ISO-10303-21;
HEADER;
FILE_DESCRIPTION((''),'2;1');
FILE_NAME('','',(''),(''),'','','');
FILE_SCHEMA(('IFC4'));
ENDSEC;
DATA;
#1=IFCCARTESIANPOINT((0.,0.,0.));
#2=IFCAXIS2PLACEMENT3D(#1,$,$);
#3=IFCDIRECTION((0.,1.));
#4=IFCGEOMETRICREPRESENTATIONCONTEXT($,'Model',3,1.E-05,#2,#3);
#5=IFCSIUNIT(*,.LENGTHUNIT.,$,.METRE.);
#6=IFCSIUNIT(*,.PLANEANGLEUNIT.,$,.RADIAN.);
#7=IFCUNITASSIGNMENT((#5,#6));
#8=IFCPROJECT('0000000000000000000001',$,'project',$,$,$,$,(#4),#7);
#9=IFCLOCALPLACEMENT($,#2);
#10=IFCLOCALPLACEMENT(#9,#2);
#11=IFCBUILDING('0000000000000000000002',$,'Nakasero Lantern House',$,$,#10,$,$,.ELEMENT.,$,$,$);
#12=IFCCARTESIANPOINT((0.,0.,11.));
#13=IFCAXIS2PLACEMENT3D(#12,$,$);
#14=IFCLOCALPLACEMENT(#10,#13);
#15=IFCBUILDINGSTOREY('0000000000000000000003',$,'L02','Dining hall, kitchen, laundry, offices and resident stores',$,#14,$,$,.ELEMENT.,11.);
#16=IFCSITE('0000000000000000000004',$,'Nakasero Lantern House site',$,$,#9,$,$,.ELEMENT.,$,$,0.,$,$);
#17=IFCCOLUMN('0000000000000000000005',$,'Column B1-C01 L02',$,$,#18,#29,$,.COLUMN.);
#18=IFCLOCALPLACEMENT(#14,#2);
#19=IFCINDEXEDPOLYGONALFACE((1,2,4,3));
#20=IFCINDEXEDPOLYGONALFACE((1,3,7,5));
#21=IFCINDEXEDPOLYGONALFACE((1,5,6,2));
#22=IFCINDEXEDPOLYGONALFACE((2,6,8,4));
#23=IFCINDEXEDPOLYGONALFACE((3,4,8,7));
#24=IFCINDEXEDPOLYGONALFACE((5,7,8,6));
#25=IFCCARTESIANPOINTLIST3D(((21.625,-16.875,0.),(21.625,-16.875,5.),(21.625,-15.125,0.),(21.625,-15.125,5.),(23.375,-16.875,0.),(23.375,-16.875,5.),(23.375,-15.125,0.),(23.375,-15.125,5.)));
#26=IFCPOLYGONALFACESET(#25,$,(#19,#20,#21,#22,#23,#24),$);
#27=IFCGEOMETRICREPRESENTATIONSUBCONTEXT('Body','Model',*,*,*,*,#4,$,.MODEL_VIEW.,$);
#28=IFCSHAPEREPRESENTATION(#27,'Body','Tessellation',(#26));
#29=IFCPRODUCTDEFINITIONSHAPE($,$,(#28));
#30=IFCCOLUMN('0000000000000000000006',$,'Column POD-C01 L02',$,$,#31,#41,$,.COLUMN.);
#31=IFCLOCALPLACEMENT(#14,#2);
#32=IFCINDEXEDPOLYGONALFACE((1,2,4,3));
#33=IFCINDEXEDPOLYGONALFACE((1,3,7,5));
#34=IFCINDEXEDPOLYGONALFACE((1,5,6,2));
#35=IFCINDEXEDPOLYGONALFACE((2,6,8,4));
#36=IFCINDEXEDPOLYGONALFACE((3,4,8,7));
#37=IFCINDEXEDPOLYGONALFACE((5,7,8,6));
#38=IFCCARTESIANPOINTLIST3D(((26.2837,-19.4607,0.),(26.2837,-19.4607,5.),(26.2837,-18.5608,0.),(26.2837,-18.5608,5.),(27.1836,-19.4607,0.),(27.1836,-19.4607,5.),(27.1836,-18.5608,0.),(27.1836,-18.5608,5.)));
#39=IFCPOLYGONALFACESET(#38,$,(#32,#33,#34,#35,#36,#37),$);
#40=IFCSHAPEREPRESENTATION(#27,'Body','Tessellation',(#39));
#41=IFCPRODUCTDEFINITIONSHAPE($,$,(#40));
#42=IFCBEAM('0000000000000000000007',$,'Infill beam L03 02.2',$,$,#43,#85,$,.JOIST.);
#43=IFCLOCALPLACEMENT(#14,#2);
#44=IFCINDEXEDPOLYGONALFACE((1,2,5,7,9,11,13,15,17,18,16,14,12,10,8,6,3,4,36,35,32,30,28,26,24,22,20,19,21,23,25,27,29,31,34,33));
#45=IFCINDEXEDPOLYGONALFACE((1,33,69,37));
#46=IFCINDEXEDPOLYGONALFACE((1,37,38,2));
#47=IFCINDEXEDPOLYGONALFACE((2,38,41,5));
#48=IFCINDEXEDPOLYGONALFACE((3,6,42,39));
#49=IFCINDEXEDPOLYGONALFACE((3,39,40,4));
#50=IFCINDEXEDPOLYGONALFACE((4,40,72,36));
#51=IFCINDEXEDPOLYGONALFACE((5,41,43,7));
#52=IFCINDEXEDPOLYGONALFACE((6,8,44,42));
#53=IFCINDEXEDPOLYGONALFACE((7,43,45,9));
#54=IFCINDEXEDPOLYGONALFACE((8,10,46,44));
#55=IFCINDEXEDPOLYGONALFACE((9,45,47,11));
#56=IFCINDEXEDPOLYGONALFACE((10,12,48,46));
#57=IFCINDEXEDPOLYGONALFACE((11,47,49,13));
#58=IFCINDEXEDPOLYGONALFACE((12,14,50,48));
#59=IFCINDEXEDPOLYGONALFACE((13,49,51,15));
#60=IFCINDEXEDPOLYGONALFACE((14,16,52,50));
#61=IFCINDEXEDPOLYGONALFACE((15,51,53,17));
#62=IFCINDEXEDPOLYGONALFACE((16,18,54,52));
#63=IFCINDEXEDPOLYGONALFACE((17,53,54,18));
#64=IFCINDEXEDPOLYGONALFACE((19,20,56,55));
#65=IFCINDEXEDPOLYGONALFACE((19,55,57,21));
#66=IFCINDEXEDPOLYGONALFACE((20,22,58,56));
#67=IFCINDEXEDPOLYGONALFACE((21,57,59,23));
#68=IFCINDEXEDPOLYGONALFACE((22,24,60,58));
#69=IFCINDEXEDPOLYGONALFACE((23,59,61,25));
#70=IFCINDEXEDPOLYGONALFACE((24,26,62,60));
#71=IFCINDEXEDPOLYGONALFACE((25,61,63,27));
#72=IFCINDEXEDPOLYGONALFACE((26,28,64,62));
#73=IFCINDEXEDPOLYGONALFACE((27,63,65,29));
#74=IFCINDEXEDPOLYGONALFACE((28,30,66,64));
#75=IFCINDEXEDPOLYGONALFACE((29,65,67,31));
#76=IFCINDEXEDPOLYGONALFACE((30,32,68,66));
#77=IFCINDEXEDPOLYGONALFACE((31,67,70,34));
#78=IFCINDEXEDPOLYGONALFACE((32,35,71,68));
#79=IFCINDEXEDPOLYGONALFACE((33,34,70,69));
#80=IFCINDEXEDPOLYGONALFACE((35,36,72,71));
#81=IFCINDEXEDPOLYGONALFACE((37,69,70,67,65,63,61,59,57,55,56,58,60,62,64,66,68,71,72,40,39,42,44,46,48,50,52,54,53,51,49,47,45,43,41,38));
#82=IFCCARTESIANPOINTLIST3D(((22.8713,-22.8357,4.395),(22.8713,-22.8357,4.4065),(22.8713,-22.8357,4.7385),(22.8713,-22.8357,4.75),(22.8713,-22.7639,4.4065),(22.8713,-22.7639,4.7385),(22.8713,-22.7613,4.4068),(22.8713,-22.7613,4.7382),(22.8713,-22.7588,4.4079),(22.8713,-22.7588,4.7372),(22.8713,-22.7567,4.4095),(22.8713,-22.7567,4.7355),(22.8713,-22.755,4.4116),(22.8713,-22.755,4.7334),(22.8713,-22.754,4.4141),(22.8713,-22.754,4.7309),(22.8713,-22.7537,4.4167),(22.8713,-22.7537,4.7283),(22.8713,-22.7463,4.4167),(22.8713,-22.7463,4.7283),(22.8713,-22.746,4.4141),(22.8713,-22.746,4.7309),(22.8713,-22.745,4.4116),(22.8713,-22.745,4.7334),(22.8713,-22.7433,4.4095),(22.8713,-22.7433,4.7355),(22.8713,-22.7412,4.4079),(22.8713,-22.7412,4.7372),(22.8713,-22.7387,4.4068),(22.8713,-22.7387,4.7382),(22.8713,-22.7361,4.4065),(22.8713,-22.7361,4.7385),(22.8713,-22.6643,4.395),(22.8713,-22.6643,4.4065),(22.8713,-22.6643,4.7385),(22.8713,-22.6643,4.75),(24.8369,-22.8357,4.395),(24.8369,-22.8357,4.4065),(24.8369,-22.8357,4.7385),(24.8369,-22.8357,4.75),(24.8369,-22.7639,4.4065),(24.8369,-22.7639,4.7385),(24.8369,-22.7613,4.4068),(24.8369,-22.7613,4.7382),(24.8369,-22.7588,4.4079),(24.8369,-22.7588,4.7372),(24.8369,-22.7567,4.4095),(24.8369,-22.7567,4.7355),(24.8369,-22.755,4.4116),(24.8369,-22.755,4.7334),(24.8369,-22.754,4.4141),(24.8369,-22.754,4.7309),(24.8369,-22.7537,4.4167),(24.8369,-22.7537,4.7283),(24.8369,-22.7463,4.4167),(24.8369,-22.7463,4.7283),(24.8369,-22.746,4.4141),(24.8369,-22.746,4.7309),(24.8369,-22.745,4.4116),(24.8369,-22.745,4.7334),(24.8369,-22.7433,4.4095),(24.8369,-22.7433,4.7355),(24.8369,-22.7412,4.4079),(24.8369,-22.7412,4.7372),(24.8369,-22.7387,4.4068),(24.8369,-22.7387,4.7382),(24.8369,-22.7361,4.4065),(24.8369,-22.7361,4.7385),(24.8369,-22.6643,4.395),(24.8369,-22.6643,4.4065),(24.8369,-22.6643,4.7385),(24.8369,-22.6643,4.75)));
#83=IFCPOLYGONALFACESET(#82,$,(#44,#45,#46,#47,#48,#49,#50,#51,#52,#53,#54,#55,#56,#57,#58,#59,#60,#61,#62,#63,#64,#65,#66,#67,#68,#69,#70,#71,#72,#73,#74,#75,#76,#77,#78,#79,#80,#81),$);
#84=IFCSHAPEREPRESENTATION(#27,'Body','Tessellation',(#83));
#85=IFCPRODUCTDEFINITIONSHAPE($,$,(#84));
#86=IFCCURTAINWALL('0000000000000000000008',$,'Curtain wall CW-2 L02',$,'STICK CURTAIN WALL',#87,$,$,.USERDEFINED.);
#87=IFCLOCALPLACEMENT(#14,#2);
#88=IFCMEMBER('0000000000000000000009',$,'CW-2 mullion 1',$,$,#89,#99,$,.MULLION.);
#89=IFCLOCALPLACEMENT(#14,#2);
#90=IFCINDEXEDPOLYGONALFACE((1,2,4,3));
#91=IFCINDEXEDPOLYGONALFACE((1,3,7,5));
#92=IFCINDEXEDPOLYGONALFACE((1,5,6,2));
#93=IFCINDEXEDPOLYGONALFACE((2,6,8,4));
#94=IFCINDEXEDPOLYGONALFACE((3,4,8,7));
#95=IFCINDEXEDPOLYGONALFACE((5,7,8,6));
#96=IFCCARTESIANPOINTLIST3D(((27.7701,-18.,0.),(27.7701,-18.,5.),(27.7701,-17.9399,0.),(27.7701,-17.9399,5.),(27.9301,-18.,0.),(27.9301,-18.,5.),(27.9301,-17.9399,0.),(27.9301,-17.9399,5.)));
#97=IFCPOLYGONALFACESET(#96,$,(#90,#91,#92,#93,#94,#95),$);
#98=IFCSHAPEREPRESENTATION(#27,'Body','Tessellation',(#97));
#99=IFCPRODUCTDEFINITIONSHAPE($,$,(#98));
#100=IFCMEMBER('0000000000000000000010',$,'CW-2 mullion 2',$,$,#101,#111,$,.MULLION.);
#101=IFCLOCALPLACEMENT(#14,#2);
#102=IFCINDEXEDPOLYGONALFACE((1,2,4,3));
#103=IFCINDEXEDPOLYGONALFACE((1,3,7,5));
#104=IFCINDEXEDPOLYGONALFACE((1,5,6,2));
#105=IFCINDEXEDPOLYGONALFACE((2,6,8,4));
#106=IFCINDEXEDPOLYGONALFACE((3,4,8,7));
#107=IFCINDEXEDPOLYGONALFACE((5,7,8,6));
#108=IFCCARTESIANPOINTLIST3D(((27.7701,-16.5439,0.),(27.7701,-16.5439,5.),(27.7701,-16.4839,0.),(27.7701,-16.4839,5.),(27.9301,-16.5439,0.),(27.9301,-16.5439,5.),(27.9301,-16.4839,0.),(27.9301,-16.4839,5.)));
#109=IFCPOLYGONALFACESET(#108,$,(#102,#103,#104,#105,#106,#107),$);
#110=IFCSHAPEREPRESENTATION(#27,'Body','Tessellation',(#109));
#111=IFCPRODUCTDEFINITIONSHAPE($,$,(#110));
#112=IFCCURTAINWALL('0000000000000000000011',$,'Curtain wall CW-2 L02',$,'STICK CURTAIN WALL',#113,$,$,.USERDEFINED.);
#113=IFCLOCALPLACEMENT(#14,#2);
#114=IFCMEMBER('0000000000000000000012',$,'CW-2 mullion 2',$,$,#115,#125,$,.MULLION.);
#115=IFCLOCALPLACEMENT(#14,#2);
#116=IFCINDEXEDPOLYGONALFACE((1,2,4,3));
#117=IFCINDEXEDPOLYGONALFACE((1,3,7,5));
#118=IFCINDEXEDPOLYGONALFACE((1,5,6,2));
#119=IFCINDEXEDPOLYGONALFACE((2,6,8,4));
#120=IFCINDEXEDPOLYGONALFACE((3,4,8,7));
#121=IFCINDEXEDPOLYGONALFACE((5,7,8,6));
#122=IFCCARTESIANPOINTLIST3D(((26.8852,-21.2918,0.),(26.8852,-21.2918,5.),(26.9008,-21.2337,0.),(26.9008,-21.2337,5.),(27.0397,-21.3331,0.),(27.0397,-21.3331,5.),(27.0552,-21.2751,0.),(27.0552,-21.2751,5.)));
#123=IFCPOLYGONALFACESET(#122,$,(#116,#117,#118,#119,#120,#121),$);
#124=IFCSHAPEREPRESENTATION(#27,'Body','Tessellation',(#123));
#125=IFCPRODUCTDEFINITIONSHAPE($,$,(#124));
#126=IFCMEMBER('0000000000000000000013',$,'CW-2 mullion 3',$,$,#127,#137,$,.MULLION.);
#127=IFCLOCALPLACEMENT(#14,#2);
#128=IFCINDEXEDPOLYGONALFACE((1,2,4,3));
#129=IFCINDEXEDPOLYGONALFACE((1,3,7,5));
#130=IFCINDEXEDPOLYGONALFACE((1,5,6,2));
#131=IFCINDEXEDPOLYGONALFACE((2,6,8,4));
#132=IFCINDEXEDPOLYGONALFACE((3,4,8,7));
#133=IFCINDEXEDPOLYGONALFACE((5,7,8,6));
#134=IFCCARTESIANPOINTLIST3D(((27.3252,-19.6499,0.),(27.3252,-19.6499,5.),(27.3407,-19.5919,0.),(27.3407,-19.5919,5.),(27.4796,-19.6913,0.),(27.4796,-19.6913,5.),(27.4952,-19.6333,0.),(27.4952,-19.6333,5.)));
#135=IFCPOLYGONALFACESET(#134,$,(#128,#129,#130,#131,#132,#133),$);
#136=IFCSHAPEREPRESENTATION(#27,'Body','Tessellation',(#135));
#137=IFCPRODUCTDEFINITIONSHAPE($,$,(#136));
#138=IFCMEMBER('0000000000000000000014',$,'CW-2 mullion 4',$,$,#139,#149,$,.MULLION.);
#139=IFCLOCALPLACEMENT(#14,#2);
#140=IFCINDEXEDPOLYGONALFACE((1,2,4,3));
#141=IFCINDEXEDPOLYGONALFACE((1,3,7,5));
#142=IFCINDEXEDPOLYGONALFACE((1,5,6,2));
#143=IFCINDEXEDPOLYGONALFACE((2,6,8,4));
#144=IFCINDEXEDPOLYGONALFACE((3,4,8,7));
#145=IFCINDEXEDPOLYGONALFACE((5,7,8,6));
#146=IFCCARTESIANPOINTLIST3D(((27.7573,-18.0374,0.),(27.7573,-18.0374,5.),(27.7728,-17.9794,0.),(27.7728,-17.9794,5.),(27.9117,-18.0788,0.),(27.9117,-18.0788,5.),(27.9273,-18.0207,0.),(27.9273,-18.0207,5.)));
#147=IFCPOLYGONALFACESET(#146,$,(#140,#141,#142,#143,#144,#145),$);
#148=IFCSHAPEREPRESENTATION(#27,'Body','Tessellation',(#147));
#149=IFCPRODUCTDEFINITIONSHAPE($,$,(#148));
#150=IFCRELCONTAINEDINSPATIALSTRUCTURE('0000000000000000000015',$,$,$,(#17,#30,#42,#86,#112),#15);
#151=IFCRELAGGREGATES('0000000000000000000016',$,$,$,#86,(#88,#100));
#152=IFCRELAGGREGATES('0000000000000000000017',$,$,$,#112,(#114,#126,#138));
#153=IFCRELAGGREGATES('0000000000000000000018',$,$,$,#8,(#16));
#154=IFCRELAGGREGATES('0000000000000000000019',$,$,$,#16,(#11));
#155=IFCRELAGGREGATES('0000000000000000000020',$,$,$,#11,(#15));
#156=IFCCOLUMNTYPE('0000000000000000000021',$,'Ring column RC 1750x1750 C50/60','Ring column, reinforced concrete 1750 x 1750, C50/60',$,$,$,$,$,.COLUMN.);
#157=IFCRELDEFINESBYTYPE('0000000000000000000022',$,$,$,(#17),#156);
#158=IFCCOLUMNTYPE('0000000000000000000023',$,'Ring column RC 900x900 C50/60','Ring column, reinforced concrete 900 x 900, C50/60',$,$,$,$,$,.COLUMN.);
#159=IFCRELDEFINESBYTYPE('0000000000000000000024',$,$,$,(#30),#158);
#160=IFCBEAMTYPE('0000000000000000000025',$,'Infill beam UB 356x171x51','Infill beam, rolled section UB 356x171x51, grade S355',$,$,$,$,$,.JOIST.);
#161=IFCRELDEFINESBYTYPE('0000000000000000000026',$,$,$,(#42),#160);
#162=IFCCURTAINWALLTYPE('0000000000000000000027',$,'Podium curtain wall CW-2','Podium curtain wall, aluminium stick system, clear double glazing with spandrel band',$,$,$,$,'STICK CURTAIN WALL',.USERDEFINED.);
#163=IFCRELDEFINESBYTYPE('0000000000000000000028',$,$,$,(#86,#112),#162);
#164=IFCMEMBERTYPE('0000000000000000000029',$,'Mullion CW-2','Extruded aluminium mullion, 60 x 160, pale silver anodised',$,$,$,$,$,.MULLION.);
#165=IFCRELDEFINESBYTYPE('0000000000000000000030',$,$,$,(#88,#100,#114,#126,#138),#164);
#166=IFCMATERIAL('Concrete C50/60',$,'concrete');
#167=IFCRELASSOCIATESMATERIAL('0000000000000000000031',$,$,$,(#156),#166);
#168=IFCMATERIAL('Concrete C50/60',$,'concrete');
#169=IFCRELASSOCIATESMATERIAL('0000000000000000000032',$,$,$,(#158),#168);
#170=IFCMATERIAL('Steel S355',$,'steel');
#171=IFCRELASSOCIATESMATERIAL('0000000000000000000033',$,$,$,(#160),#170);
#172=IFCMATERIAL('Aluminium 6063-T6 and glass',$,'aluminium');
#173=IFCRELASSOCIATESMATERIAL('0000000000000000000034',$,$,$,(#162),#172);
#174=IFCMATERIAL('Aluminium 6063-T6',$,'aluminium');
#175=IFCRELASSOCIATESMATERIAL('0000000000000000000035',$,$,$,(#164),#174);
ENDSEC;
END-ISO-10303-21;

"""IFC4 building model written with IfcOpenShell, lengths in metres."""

from ifc_helpers import new_model, si_unit, direction, frame, origin, origin_2d, place, context, subcontext, project, spatial, rectangle, i_section, extrude, material, material_profile, profile_set, type_object, element, aggregate, save


model = new_model("IFC4")

# Units and contexts
model_context = context("Model", 3, precision=1e-05, world=origin(), true_north=direction((0.0, 1.0)))
body_context = subcontext(model_context, "Body", "Model", "MODEL_VIEW")
ifc_project = project(units=[si_unit("LENGTHUNIT", "METRE"), si_unit("PLANEANGLEUNIT", "RADIAN")], contexts=[model_context])

# Site, building, storey
site_placement = place(None, origin())
site = spatial("IfcSite", under=ifc_project, at=site_placement, Name="Nakasero Lantern House site", CompositionType="ELEMENT", RefElevation=0.0)
building_placement = place(site_placement, origin())
building = spatial("IfcBuilding", under=site, at=building_placement, Name="Nakasero Lantern House", CompositionType="ELEMENT")
storey_placement = place(building_placement, frame((0.0, 0.0, 11.0)))
storey = spatial("IfcBuildingStorey", under=building, at=storey_placement, Name="L02", Description="Dining hall, kitchen, laundry, offices and resident stores", CompositionType="ELEMENT", Elevation=11.0)

# Columns
ifc_material_1 = material(Name="Concrete C50/60", Category="concrete")
ifc_material_profile_1 = material_profile(ifc_material_1, rectangle(XDim=1.75, YDim=1.75, at=origin_2d()), Name="RC 1750x1750")
ifc_profile_set_1 = profile_set([ifc_material_profile_1], Name="Concrete C50/60")
column_type_1 = type_object("IfcColumnType", Name="Ring column RC 1750x1750 C50/60", Description="Ring column, reinforced concrete 1750 x 1750, C50/60", PredefinedType="COLUMN", material=ifc_profile_set_1)
column_1_placement = place(storey_placement, frame((22.5, -16.0, 0.0), z_axis=(0.0, 0.0, 1.0), x_axis=(1.0, 0.0, 0.0)))
element("IfcColumn", 1, at=column_1_placement, inside=storey, type_object=column_type_1, Name="Column B1-C01 L02", PredefinedType="COLUMN", context=body_context, shape_type="SweptSolid", body=[
    extrude(rectangle(XDim=1.75, YDim=1.75, at=origin_2d()), origin(), (0.0, 0.0, 1.0), 5.0),
])
ifc_material_2 = material(Name="Concrete C50/60", Category="concrete")
ifc_material_profile_2 = material_profile(ifc_material_2, rectangle(XDim=0.8999, YDim=0.8999, at=origin_2d()), Name="RC 900x900")
ifc_profile_set_2 = profile_set([ifc_material_profile_2], Name="Concrete C50/60")
column_type_2 = type_object("IfcColumnType", Name="Ring column RC 900x900 C50/60", Description="Ring column, reinforced concrete 900 x 900, C50/60", PredefinedType="COLUMN", material=ifc_profile_set_2)
column_2_placement = place(storey_placement, frame((26.7336, -19.0107, 0.0), z_axis=(0.0, 0.0, 1.0), x_axis=(1.0, 0.0, 0.0)))
element("IfcColumn", 2, at=column_2_placement, inside=storey, type_object=column_type_2, Name="Column POD-C01 L02", PredefinedType="COLUMN", context=body_context, shape_type="SweptSolid", body=[
    extrude(rectangle(XDim=0.8999, YDim=0.8999, at=origin_2d()), origin(), (0.0, 0.0, 1.0), 5.0),
])

# Beam
ifc_material_3 = material(Name="Steel S355", Category="steel")
ifc_material_profile_3 = material_profile(ifc_material_3, i_section(OverallWidth=0.1714, OverallDepth=0.355, WebThickness=0.0073, FlangeThickness=0.0115, FilletRadius=0.0103, at=origin_2d()), Name="UB 356x171x51")
ifc_profile_set_3 = profile_set([ifc_material_profile_3], Name="Steel S355")
beam_type_1 = type_object("IfcBeamType", Name="Infill beam UB 356x171x51", Description="Infill beam, rolled section UB 356x171x51, grade S355", PredefinedType="JOIST", material=ifc_profile_set_3)
beam_1_placement = place(storey_placement, frame((22.8713, -22.75, 4.5725), z_axis=(1.0, 0.0, 0.0), x_axis=(0.0, 1.0, 0.0)))
element("IfcBeam", 3, at=beam_1_placement, inside=storey, type_object=beam_type_1, Name="Infill beam L03 02.2", PredefinedType="JOIST", context=body_context, shape_type="SweptSolid", body=[
    extrude(i_section(OverallWidth=0.1714, OverallDepth=0.355, WebThickness=0.0073, FlangeThickness=0.0115, FilletRadius=0.0103, at=origin_2d()), origin(), (0.0, 0.0, 1.0), 1.9656),
])

# Curtain walls, members
ifc_material_4 = material(Name="Aluminium 6063-T6 and glass", Category="aluminium")
curtain_wall_type = type_object("IfcCurtainWallType", Name="Podium curtain wall CW-2", Description="Podium curtain wall, aluminium stick system, clear double glazing with spandrel band", ElementType="STICK CURTAIN WALL", PredefinedType="USERDEFINED", material=ifc_material_4)
curtain_wall_1_placement = place(storey_placement, origin())
curtain_wall_1 = element("IfcCurtainWall", 4, at=curtain_wall_1_placement, inside=storey, type_object=curtain_wall_type, Name="Curtain wall CW-2 L02", ObjectType="STICK CURTAIN WALL", PredefinedType="USERDEFINED")
ifc_material_5 = material(Name="Aluminium 6063-T6", Category="aluminium")
ifc_material_profile_4 = material_profile(ifc_material_5, rectangle(XDim=0.0601, YDim=0.1599, at=origin_2d()), Name="CW-2 mullion 60x160")
ifc_profile_set_4 = profile_set([ifc_material_profile_4], Name="Aluminium 6063-T6")
member_type_1 = type_object("IfcMemberType", Name="Mullion CW-2", Description="Extruded aluminium mullion, 60 x 160, pale silver anodised", PredefinedType="MULLION", material=ifc_profile_set_4)
member_1_placement = place(storey_placement, frame((27.8501, -17.97, 0.0), z_axis=(0.0, 0.0, 1.0), x_axis=(0.0, 1.0, 0.0)))
member_1 = element("IfcMember", 5, at=member_1_placement, type_object=member_type_1, Name="CW-2 mullion 1", PredefinedType="MULLION", context=body_context, shape_type="SweptSolid", body=[
    extrude(rectangle(XDim=0.0601, YDim=0.1599, at=origin_2d()), origin(), (0.0, 0.0, 1.0), 5.0),
])
member_2_placement = place(storey_placement, frame((27.8501, -16.5139, 0.0), z_axis=(0.0, 0.0, 1.0), x_axis=(0.0, 1.0, 0.0)))
member_2 = element("IfcMember", 6, at=member_2_placement, type_object=member_type_1, Name="CW-2 mullion 2", PredefinedType="MULLION", context=body_context, shape_type="SweptSolid", body=[
    extrude(rectangle(XDim=0.0601, YDim=0.1599, at=origin_2d()), origin(), (0.0, 0.0, 1.0), 5.0),
])
curtain_wall_2_placement = place(storey_placement, origin())
curtain_wall_2 = element("IfcCurtainWall", 7, at=curtain_wall_2_placement, inside=storey, type_object=curtain_wall_type, Name="Curtain wall CW-2 L02", ObjectType="STICK CURTAIN WALL", PredefinedType="USERDEFINED")
member_3_placement = place(storey_placement, frame((26.9702, -21.2834, 0.0), z_axis=(0.0, 0.0, 1.0), x_axis=(0.258819, 0.965926, 0.0)))
member_3 = element("IfcMember", 8, at=member_3_placement, type_object=member_type_1, Name="CW-2 mullion 2", PredefinedType="MULLION", context=body_context, shape_type="SweptSolid", body=[
    extrude(rectangle(XDim=0.0601, YDim=0.1599, at=origin_2d()), origin(), (0.0, 0.0, 1.0), 5.0),
])
member_4_placement = place(storey_placement, frame((27.4102, -19.6416, 0.0), z_axis=(0.0, 0.0, 1.0), x_axis=(0.258819, 0.965926, 0.0)))
member_4 = element("IfcMember", 9, at=member_4_placement, type_object=member_type_1, Name="CW-2 mullion 3", PredefinedType="MULLION", context=body_context, shape_type="SweptSolid", body=[
    extrude(rectangle(XDim=0.0601, YDim=0.1599, at=origin_2d()), origin(), (0.0, 0.0, 1.0), 5.0),
])
member_5_placement = place(storey_placement, frame((27.8423, -18.0291, 0.0), z_axis=(0.0, 0.0, 1.0), x_axis=(0.258819, 0.965926, 0.0)))
member_5 = element("IfcMember", 10, at=member_5_placement, type_object=member_type_1, Name="CW-2 mullion 4", PredefinedType="MULLION", context=body_context, shape_type="SweptSolid", body=[
    extrude(rectangle(XDim=0.0601, YDim=0.1599, at=origin_2d()), origin(), (0.0, 0.0, 1.0), 5.0),
])

aggregate(curtain_wall_1, [member_1, member_2])
aggregate(curtain_wall_2, [member_3, member_4, member_5])

save(model, "model.ifc")
